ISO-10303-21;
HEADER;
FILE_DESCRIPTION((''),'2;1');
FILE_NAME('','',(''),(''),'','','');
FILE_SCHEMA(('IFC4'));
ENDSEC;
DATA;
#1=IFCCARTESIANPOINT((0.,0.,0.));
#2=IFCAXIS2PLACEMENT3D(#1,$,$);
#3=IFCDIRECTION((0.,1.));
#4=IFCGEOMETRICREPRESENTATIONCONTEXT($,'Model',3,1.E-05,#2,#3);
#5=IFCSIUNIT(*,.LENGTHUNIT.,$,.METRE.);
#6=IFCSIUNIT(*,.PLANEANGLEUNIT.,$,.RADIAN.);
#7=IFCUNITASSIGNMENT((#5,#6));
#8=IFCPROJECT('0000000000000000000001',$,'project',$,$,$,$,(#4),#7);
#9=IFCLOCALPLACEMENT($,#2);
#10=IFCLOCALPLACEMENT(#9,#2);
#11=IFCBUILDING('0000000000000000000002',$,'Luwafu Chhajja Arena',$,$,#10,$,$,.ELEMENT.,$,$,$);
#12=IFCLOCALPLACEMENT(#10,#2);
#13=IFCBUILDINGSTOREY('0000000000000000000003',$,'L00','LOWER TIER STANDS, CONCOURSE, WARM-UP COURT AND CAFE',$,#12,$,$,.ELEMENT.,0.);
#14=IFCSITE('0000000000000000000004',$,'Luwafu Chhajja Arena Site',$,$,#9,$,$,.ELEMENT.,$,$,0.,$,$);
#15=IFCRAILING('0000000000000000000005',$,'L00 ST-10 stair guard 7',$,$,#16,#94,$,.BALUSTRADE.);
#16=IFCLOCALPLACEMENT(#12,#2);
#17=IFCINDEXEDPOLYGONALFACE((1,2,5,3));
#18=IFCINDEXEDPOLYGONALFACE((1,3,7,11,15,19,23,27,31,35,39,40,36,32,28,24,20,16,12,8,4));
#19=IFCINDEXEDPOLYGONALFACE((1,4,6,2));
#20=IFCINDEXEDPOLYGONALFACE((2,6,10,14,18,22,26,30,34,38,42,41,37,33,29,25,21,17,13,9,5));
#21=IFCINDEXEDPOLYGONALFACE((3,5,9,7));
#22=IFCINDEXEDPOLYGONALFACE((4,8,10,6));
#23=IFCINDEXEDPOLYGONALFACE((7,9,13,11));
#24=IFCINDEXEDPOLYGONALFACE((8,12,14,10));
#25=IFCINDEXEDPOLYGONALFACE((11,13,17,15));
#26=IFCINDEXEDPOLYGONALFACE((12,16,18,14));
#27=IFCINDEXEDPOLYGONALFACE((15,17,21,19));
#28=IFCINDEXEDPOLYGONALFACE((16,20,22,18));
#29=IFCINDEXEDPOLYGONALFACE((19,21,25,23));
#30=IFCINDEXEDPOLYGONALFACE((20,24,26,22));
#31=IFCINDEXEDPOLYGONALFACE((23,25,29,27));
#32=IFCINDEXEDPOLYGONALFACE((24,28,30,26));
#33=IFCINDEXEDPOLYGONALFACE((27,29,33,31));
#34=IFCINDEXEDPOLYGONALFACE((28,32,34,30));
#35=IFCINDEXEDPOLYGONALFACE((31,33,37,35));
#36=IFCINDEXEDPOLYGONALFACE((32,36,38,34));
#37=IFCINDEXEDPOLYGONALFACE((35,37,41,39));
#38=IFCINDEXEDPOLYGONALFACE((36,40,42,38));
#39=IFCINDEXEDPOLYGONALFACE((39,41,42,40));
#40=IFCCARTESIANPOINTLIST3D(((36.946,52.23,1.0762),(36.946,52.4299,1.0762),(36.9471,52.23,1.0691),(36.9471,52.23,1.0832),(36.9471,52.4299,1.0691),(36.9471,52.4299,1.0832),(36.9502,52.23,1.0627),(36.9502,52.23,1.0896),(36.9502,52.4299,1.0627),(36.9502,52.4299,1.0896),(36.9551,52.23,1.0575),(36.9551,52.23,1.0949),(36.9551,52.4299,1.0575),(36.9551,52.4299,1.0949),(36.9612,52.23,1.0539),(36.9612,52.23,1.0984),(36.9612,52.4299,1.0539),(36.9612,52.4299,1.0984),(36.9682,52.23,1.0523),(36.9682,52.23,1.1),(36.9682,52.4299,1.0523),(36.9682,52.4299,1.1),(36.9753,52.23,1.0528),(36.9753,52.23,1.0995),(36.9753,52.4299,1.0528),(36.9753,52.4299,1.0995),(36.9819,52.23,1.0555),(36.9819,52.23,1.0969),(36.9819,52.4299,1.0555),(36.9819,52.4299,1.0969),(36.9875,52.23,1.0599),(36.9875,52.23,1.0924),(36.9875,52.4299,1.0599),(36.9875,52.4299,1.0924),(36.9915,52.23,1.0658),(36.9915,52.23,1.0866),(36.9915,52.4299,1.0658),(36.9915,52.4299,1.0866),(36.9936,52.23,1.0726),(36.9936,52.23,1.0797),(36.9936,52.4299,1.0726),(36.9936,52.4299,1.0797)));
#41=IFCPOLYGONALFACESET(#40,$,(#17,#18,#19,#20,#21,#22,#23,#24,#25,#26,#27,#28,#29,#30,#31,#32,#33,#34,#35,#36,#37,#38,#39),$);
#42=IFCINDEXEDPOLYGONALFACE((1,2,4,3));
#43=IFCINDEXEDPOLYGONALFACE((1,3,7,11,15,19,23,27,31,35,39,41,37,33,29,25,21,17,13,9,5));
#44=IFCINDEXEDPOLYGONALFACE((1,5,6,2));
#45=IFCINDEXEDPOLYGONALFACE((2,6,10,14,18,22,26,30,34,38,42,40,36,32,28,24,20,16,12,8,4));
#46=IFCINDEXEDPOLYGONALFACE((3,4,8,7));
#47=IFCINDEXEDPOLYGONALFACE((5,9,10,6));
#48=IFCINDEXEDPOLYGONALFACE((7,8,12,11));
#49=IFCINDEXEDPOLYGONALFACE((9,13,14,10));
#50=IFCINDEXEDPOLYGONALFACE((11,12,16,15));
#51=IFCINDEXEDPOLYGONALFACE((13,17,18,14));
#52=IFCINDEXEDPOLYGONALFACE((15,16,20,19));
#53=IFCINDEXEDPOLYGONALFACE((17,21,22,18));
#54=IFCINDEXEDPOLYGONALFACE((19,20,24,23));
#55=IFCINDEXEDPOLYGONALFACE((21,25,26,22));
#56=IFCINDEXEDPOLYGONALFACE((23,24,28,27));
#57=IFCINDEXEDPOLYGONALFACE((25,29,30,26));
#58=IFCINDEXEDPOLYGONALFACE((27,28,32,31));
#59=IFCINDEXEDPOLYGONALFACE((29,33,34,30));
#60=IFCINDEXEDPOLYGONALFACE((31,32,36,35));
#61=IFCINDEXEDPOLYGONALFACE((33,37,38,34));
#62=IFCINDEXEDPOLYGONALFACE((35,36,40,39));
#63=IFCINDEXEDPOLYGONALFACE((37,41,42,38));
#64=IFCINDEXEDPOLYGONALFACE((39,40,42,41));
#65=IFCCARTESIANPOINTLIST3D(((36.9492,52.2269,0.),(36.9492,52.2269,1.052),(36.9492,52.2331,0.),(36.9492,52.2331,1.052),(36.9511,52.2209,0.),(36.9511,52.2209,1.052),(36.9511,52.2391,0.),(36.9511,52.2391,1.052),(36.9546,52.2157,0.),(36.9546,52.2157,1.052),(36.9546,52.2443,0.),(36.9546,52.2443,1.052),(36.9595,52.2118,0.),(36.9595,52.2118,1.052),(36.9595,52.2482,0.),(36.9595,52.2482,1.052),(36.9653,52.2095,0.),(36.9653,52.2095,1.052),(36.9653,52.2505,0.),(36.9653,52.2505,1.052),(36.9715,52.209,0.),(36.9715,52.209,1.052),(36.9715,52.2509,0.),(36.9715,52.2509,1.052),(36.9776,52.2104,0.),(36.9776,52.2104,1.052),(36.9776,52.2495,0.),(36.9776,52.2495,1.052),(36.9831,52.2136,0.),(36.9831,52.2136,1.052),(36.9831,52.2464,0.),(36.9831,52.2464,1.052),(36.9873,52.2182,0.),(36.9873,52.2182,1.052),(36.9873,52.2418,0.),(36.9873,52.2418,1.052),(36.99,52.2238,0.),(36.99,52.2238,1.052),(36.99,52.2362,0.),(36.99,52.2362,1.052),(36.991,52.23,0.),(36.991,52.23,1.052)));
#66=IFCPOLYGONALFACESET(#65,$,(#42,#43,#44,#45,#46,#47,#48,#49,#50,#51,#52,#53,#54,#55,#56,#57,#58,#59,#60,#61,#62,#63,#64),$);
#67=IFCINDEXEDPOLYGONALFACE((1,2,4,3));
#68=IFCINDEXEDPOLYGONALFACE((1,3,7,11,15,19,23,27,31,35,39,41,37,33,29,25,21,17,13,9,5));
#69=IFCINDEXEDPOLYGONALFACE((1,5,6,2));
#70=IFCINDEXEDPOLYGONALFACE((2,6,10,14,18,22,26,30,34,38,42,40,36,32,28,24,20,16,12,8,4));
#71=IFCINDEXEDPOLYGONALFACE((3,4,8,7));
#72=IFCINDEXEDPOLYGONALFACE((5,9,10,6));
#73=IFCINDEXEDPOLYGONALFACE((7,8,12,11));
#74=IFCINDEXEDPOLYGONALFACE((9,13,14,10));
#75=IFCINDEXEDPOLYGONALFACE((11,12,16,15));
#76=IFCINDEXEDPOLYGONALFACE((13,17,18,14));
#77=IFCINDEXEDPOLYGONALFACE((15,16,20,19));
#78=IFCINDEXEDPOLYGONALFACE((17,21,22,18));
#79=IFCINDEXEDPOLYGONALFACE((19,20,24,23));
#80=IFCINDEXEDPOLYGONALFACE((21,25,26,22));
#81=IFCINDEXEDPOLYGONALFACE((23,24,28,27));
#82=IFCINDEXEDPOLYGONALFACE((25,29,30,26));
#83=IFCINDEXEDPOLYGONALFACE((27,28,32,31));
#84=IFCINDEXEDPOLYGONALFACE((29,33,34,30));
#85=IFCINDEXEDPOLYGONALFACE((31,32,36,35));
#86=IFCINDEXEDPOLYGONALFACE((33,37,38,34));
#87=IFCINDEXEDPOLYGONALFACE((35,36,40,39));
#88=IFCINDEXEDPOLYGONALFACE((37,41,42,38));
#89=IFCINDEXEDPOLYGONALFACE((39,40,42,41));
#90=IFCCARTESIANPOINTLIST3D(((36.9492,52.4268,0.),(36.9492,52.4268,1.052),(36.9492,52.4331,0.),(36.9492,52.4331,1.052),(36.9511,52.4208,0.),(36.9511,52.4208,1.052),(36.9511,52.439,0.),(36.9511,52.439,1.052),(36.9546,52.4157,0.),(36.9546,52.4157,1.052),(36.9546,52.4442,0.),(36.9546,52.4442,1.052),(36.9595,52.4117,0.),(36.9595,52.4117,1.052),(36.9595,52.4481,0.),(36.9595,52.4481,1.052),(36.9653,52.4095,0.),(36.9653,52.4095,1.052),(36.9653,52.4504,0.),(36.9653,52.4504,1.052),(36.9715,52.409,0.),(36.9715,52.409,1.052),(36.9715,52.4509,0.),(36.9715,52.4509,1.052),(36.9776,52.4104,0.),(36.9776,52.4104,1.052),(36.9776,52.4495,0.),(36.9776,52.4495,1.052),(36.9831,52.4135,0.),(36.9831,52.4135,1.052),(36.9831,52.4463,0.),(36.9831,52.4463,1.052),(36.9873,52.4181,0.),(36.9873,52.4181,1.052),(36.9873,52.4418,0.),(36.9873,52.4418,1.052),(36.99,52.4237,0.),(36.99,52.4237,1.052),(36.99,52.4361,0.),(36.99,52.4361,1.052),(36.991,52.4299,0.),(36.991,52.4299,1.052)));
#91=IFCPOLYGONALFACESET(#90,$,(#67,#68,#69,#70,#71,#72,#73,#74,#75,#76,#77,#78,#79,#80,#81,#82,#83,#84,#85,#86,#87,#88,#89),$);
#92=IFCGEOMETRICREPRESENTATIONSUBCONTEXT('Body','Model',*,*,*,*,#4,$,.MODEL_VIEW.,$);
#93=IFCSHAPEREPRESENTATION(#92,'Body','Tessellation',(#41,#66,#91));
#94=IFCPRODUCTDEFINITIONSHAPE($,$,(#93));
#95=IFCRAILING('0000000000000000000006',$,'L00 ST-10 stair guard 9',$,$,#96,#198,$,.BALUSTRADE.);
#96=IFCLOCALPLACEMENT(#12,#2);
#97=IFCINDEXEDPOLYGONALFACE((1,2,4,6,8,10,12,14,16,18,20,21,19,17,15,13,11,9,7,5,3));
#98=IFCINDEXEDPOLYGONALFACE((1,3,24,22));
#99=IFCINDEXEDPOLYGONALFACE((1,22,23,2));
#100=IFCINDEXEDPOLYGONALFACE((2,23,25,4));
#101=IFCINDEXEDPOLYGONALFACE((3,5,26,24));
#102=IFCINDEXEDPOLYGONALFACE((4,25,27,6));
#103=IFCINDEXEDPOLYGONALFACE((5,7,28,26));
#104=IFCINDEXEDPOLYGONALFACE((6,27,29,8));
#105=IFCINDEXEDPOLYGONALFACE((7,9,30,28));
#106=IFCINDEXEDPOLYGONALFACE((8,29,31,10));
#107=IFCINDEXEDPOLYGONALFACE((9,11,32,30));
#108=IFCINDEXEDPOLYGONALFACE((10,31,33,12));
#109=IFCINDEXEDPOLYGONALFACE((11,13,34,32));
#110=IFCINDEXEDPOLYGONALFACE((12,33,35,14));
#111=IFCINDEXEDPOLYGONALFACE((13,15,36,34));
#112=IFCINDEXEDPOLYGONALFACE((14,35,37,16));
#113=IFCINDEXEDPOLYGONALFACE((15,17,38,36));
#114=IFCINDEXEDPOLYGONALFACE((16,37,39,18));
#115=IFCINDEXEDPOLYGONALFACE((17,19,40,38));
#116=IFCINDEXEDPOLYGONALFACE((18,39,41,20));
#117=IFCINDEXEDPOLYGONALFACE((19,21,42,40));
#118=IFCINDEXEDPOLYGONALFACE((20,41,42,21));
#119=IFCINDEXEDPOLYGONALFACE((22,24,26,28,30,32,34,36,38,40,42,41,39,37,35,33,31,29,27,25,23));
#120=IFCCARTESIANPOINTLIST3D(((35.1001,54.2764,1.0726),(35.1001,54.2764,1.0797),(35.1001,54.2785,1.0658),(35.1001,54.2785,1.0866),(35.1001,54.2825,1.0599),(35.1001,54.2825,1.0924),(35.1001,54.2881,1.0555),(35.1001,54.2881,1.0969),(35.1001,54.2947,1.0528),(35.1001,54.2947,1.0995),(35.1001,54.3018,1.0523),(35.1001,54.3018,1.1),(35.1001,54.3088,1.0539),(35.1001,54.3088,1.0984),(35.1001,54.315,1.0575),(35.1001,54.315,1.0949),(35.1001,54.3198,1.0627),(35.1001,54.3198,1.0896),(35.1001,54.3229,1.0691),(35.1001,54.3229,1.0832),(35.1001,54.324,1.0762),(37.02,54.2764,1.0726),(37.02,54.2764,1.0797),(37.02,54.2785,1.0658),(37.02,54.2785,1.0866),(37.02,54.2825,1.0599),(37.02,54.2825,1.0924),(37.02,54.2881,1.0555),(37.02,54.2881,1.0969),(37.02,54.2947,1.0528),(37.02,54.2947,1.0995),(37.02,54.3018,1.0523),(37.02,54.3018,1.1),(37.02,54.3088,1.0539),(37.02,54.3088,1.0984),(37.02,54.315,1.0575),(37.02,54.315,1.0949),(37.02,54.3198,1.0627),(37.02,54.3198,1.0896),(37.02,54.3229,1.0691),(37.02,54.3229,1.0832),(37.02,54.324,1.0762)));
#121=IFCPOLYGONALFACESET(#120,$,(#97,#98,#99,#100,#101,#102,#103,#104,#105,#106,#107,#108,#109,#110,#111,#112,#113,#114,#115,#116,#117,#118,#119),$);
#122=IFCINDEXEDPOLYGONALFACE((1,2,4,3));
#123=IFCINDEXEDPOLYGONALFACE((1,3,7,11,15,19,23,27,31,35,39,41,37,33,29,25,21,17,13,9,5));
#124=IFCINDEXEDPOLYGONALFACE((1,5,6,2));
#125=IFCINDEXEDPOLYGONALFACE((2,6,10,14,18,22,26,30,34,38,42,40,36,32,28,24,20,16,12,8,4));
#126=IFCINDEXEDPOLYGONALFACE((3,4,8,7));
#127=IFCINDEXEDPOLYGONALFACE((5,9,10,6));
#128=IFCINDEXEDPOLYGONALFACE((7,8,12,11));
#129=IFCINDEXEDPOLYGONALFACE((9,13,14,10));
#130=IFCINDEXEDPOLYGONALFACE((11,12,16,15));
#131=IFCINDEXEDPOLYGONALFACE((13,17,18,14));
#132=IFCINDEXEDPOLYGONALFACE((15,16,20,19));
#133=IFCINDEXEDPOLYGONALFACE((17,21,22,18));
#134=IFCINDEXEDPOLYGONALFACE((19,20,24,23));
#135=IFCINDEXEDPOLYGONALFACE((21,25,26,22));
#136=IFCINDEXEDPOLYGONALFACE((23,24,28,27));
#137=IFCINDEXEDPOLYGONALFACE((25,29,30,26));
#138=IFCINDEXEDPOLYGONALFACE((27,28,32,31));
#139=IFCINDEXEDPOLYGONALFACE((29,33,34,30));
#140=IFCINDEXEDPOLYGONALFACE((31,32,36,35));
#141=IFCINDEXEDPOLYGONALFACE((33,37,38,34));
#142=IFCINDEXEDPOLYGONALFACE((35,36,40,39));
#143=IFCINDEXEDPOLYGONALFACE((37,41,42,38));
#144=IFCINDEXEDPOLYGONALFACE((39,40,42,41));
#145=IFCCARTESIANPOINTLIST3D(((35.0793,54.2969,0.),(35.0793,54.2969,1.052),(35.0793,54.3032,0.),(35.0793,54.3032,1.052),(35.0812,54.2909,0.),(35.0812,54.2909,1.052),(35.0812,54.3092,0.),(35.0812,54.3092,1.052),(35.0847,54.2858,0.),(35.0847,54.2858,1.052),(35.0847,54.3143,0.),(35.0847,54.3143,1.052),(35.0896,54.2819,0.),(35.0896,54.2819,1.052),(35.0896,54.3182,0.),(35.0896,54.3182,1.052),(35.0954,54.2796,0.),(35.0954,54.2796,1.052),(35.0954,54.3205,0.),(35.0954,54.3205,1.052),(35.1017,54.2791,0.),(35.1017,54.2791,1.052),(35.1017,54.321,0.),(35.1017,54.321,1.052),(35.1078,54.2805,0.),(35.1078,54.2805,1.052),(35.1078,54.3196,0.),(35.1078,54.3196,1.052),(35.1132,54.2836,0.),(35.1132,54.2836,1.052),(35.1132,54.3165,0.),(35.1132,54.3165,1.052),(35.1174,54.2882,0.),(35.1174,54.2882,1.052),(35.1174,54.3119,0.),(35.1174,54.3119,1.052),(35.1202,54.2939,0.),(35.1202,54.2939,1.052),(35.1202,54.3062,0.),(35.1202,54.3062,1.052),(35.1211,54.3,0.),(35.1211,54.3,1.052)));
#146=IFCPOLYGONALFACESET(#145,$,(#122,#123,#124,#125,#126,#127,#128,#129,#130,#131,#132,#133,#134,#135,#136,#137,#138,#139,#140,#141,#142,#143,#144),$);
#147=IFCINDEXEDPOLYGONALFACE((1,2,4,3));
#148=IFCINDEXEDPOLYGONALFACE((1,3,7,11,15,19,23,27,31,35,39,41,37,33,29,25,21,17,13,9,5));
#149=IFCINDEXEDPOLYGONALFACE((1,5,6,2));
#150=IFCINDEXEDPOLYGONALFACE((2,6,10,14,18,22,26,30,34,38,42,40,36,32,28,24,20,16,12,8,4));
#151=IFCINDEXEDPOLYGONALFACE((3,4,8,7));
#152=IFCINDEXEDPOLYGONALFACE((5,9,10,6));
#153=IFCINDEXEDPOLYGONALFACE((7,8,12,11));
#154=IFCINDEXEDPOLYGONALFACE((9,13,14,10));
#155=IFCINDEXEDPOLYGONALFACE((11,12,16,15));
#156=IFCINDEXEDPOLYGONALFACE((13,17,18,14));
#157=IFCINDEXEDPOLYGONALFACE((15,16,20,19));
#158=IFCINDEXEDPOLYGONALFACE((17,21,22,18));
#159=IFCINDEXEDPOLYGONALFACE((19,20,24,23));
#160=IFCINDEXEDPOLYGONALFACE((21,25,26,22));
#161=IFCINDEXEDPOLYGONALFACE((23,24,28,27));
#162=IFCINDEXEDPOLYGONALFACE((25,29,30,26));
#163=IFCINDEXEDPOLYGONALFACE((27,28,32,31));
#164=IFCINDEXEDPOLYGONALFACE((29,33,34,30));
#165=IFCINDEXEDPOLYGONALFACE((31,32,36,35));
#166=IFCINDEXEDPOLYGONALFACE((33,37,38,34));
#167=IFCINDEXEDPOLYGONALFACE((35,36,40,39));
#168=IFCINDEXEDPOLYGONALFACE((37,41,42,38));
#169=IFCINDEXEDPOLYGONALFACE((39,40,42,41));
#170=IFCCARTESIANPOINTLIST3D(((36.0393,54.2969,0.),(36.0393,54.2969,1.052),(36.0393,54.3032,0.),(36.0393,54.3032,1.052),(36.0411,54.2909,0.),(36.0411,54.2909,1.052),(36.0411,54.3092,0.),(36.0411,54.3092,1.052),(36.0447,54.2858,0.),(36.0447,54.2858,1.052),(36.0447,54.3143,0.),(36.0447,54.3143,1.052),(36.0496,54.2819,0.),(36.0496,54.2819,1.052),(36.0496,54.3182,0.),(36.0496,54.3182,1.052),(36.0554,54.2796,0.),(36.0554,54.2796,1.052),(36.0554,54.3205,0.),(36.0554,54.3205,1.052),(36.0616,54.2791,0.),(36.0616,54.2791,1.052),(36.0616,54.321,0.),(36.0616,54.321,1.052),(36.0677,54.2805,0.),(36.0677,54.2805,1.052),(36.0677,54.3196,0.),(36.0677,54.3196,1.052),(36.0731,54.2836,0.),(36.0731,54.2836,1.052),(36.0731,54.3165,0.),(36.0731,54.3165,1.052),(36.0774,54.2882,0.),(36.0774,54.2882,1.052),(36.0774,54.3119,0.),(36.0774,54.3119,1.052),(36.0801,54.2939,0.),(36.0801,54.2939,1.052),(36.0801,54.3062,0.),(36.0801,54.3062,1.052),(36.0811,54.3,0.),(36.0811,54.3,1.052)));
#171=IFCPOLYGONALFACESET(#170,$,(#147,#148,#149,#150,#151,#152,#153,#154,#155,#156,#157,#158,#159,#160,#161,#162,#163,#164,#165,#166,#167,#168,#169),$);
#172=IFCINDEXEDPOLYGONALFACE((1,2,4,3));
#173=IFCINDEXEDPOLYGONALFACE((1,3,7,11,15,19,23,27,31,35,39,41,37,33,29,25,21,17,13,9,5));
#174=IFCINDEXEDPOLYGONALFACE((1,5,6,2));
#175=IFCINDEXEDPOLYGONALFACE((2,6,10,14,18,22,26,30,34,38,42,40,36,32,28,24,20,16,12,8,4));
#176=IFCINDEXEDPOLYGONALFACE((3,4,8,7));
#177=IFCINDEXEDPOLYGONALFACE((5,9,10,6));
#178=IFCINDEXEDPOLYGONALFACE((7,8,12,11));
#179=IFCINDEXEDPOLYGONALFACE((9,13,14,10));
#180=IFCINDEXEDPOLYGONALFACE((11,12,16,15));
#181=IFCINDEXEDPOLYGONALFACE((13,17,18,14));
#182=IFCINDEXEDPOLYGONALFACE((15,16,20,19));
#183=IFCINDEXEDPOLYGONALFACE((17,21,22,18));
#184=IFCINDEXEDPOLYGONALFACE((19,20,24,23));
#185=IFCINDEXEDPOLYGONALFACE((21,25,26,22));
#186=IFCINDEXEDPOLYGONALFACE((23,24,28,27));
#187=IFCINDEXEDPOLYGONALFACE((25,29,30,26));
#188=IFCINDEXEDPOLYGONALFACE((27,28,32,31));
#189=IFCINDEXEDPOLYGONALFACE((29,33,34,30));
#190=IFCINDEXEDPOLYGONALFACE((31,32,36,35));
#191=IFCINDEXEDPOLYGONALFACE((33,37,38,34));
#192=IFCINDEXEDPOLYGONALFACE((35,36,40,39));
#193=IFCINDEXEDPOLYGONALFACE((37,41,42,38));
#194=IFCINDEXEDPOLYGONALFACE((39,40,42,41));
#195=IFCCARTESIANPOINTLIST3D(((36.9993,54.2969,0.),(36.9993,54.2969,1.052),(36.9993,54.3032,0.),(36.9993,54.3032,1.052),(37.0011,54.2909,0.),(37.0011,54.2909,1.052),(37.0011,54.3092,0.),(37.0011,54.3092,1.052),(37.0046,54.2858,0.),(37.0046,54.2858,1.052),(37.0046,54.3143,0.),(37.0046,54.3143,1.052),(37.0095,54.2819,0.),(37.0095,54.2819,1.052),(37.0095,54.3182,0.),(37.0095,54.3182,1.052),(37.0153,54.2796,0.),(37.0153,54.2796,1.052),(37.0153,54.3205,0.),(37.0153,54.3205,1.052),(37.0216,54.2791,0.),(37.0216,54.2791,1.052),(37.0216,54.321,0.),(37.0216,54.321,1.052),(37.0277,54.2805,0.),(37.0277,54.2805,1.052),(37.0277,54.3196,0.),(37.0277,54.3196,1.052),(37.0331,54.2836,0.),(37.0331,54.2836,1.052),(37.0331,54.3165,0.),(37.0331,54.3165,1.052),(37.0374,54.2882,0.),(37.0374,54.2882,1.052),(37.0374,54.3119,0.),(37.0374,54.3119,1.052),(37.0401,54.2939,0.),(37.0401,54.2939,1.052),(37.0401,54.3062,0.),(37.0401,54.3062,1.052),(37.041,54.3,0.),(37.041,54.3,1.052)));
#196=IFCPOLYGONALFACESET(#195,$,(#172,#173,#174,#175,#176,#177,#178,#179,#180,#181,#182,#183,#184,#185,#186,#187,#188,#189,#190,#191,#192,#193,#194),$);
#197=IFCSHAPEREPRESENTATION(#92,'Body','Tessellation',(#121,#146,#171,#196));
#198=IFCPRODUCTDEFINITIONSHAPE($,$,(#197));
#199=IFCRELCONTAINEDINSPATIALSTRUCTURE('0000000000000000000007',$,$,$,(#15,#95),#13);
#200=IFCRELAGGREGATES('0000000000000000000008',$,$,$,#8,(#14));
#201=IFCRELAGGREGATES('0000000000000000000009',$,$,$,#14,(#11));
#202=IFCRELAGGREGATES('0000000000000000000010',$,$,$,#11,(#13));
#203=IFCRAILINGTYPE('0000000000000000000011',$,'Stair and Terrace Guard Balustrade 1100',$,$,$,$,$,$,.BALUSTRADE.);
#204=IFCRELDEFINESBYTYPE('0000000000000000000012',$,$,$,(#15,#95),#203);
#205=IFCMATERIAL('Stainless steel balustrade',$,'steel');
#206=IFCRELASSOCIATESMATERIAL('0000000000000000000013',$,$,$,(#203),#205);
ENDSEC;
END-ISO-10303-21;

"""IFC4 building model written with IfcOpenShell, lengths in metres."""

from ifc_helpers import new_model, si_unit, direction, frame, origin, origin_2d, place, context, subcontext, project, spatial, circle, extrude, material, type_object, element, save


model = new_model("IFC4")

# Units and contexts
model_context = context("Model", 3, precision=1e-05, world=origin(), true_north=direction((0.0, 1.0)))
body_context = subcontext(model_context, "Body", "Model", "MODEL_VIEW")
ifc_project = project(units=[si_unit("LENGTHUNIT", "METRE"), si_unit("PLANEANGLEUNIT", "RADIAN")], contexts=[model_context])

# Site, building, storey
site_placement = place(None, origin())
site = spatial("IfcSite", under=ifc_project, at=site_placement, Name="Luwafu Chhajja Arena Site", CompositionType="ELEMENT", RefElevation=0.0)
building_placement = place(site_placement, origin())
building = spatial("IfcBuilding", under=site, at=building_placement, Name="Luwafu Chhajja Arena", CompositionType="ELEMENT")
storey_placement = place(building_placement, origin())
storey = spatial("IfcBuildingStorey", under=building, at=storey_placement, Name="L00", Description="LOWER TIER STANDS, CONCOURSE, WARM-UP COURT AND CAFE", CompositionType="ELEMENT", Elevation=0.0)

# Railings
ifc_material_1 = material(Name="Stainless steel balustrade", Category="steel")
railing_type_1 = type_object("IfcRailingType", Name="Stair and Terrace Guard Balustrade 1100", PredefinedType="BALUSTRADE", material=ifc_material_1)
railing_1_placement = place(storey_placement, frame((36.97, 52.23, 0.0)))
element("IfcRailing", 1, at=railing_1_placement, inside=storey, type_object=railing_type_1, Name="L00 ST-10 stair guard 7", PredefinedType="BALUSTRADE", context=body_context, shape_type="SweptSolid", body=[
    extrude(circle(Radius=0.0239, at=origin_2d()), frame((0.0, 0.0, 1.0762), z_axis=(0.0, 1.0, 0.0), x_axis=(-1.0, 0.0, 0.0)), (0.0, 0.0, 1.0), 0.2),
    extrude(circle(Radius=0.021, at=origin_2d()), origin(), (0.0, 0.0, 1.0), 1.052),
    extrude(circle(Radius=0.021, at=origin_2d()), frame((0.0, 0.2, 0.0)), (0.0, 0.0, 1.0), 1.052),
])
railing_2_placement = place(storey_placement, frame((35.1001, 54.3, 0.0)))
element("IfcRailing", 2, at=railing_2_placement, inside=storey, type_object=railing_type_1, Name="L00 ST-10 stair guard 9", PredefinedType="BALUSTRADE", context=body_context, shape_type="SweptSolid", body=[
    extrude(circle(Radius=0.0239, at=origin_2d()), frame((0.0, 0.0, 1.0762), z_axis=(1.0, 0.0, 0.0), x_axis=(0.0, 1.0, 0.0)), (0.0, 0.0, 1.0), 1.9199),
    extrude(circle(Radius=0.021, at=origin_2d()), origin(), (0.0, 0.0, 1.0), 1.052),
    extrude(circle(Radius=0.021, at=origin_2d()), frame((0.96, 0.0, 0.0)), (0.0, 0.0, 1.0), 1.052),
    extrude(circle(Radius=0.021, at=origin_2d()), frame((1.9199, 0.0, 0.0)), (0.0, 0.0, 1.0), 1.052),
])

save(model, "model.ifc")
